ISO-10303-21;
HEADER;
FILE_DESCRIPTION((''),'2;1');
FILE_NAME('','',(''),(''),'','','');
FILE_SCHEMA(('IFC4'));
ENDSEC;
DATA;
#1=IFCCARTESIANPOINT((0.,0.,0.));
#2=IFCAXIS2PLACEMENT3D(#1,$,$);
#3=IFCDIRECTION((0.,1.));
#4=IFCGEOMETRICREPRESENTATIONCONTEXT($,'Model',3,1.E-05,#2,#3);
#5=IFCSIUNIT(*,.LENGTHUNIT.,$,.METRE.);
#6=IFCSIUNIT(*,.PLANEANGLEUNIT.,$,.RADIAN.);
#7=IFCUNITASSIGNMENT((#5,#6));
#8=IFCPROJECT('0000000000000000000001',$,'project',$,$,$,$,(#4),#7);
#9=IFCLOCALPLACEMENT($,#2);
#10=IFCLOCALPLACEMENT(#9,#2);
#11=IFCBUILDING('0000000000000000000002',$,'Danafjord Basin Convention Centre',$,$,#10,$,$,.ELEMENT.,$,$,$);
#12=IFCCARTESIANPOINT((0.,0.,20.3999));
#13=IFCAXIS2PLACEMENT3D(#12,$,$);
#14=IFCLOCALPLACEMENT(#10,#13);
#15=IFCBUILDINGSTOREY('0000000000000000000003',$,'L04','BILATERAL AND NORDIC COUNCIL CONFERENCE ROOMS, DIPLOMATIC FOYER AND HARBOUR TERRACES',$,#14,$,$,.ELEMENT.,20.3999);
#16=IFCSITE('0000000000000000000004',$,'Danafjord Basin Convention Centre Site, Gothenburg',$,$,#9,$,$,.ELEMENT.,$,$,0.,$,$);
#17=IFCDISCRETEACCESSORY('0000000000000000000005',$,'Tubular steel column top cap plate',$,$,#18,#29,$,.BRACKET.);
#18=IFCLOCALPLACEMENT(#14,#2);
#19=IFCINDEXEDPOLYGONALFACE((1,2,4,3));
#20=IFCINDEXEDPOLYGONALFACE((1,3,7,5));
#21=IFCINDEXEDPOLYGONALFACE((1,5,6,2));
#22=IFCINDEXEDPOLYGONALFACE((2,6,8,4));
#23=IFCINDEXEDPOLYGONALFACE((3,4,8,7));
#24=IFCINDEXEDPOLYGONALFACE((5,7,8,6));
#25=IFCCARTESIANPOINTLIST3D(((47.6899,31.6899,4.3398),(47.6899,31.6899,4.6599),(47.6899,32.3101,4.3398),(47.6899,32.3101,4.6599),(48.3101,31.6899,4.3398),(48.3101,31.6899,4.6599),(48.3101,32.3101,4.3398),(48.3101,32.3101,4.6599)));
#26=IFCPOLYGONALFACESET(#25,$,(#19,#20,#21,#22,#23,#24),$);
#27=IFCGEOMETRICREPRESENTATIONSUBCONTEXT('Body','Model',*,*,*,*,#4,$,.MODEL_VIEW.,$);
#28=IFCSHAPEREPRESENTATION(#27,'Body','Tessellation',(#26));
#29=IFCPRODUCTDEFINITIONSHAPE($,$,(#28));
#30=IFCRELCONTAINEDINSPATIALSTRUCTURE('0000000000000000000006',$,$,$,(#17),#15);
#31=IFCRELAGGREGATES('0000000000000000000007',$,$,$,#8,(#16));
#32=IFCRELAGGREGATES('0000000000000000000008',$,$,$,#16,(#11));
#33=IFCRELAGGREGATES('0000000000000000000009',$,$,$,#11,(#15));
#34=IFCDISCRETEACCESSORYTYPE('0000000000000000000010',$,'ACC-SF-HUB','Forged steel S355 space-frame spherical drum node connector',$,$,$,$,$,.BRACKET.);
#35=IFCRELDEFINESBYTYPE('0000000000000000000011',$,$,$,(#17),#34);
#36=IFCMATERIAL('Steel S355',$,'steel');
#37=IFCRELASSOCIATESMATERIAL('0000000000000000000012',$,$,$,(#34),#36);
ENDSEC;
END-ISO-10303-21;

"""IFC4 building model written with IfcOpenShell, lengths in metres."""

from ifc_helpers import new_model, si_unit, direction, frame, origin, origin_2d, place, context, subcontext, project, spatial, rectangle, extrude, material, type_object, element, save


model = new_model("IFC4")

# Units and contexts
model_context = context("Model", 3, precision=1e-05, world=origin(), true_north=direction((0.0, 1.0)))
body_context = subcontext(model_context, "Body", "Model", "MODEL_VIEW")
ifc_project = project(units=[si_unit("LENGTHUNIT", "METRE"), si_unit("PLANEANGLEUNIT", "RADIAN")], contexts=[model_context])

# Site, building, storey
site_placement = place(None, origin())
site = spatial("IfcSite", under=ifc_project, at=site_placement, Name="Danafjord Basin Convention Centre Site, Gothenburg", CompositionType="ELEMENT", RefElevation=0.0)
building_placement = place(site_placement, origin())
building = spatial("IfcBuilding", under=site, at=building_placement, Name="Danafjord Basin Convention Centre", CompositionType="ELEMENT")
storey_placement = place(building_placement, frame((0.0, 0.0, 20.3999)))
storey = spatial("IfcBuildingStorey", under=building, at=storey_placement, Name="L04", Description="BILATERAL AND NORDIC COUNCIL CONFERENCE ROOMS, DIPLOMATIC FOYER AND HARBOUR TERRACES", CompositionType="ELEMENT", Elevation=20.3999)

# Shared definitions
ifc_material_1 = material(Name="Steel S355", Category="steel")

# Discrete accessory
discrete_accessory_type = type_object("IfcDiscreteAccessoryType", Name="ACC-SF-HUB", Description="Forged steel S355 space-frame spherical drum node connector", PredefinedType="BRACKET", material=ifc_material_1)
for number, where, z_axis, x_axis, name in (
    (1, (48.0, 32.0, 4.3398), (0.0, 0.0, 1.0), (1.0, 0.0, 0.0), "Tubular steel column top cap plate"),
):
    element("IfcDiscreteAccessory", number, at=place(storey_placement, frame(where, z_axis=z_axis, x_axis=x_axis)), inside=storey, type_object=discrete_accessory_type, Name=name, PredefinedType="BRACKET", context=body_context, shape_type="SweptSolid", body=[
        extrude(rectangle(XDim=0.6201, YDim=0.6201, at=origin_2d()), origin(), (0.0, 0.0, 1.0), 0.3201),
    ])

save(model, "model.ifc")
